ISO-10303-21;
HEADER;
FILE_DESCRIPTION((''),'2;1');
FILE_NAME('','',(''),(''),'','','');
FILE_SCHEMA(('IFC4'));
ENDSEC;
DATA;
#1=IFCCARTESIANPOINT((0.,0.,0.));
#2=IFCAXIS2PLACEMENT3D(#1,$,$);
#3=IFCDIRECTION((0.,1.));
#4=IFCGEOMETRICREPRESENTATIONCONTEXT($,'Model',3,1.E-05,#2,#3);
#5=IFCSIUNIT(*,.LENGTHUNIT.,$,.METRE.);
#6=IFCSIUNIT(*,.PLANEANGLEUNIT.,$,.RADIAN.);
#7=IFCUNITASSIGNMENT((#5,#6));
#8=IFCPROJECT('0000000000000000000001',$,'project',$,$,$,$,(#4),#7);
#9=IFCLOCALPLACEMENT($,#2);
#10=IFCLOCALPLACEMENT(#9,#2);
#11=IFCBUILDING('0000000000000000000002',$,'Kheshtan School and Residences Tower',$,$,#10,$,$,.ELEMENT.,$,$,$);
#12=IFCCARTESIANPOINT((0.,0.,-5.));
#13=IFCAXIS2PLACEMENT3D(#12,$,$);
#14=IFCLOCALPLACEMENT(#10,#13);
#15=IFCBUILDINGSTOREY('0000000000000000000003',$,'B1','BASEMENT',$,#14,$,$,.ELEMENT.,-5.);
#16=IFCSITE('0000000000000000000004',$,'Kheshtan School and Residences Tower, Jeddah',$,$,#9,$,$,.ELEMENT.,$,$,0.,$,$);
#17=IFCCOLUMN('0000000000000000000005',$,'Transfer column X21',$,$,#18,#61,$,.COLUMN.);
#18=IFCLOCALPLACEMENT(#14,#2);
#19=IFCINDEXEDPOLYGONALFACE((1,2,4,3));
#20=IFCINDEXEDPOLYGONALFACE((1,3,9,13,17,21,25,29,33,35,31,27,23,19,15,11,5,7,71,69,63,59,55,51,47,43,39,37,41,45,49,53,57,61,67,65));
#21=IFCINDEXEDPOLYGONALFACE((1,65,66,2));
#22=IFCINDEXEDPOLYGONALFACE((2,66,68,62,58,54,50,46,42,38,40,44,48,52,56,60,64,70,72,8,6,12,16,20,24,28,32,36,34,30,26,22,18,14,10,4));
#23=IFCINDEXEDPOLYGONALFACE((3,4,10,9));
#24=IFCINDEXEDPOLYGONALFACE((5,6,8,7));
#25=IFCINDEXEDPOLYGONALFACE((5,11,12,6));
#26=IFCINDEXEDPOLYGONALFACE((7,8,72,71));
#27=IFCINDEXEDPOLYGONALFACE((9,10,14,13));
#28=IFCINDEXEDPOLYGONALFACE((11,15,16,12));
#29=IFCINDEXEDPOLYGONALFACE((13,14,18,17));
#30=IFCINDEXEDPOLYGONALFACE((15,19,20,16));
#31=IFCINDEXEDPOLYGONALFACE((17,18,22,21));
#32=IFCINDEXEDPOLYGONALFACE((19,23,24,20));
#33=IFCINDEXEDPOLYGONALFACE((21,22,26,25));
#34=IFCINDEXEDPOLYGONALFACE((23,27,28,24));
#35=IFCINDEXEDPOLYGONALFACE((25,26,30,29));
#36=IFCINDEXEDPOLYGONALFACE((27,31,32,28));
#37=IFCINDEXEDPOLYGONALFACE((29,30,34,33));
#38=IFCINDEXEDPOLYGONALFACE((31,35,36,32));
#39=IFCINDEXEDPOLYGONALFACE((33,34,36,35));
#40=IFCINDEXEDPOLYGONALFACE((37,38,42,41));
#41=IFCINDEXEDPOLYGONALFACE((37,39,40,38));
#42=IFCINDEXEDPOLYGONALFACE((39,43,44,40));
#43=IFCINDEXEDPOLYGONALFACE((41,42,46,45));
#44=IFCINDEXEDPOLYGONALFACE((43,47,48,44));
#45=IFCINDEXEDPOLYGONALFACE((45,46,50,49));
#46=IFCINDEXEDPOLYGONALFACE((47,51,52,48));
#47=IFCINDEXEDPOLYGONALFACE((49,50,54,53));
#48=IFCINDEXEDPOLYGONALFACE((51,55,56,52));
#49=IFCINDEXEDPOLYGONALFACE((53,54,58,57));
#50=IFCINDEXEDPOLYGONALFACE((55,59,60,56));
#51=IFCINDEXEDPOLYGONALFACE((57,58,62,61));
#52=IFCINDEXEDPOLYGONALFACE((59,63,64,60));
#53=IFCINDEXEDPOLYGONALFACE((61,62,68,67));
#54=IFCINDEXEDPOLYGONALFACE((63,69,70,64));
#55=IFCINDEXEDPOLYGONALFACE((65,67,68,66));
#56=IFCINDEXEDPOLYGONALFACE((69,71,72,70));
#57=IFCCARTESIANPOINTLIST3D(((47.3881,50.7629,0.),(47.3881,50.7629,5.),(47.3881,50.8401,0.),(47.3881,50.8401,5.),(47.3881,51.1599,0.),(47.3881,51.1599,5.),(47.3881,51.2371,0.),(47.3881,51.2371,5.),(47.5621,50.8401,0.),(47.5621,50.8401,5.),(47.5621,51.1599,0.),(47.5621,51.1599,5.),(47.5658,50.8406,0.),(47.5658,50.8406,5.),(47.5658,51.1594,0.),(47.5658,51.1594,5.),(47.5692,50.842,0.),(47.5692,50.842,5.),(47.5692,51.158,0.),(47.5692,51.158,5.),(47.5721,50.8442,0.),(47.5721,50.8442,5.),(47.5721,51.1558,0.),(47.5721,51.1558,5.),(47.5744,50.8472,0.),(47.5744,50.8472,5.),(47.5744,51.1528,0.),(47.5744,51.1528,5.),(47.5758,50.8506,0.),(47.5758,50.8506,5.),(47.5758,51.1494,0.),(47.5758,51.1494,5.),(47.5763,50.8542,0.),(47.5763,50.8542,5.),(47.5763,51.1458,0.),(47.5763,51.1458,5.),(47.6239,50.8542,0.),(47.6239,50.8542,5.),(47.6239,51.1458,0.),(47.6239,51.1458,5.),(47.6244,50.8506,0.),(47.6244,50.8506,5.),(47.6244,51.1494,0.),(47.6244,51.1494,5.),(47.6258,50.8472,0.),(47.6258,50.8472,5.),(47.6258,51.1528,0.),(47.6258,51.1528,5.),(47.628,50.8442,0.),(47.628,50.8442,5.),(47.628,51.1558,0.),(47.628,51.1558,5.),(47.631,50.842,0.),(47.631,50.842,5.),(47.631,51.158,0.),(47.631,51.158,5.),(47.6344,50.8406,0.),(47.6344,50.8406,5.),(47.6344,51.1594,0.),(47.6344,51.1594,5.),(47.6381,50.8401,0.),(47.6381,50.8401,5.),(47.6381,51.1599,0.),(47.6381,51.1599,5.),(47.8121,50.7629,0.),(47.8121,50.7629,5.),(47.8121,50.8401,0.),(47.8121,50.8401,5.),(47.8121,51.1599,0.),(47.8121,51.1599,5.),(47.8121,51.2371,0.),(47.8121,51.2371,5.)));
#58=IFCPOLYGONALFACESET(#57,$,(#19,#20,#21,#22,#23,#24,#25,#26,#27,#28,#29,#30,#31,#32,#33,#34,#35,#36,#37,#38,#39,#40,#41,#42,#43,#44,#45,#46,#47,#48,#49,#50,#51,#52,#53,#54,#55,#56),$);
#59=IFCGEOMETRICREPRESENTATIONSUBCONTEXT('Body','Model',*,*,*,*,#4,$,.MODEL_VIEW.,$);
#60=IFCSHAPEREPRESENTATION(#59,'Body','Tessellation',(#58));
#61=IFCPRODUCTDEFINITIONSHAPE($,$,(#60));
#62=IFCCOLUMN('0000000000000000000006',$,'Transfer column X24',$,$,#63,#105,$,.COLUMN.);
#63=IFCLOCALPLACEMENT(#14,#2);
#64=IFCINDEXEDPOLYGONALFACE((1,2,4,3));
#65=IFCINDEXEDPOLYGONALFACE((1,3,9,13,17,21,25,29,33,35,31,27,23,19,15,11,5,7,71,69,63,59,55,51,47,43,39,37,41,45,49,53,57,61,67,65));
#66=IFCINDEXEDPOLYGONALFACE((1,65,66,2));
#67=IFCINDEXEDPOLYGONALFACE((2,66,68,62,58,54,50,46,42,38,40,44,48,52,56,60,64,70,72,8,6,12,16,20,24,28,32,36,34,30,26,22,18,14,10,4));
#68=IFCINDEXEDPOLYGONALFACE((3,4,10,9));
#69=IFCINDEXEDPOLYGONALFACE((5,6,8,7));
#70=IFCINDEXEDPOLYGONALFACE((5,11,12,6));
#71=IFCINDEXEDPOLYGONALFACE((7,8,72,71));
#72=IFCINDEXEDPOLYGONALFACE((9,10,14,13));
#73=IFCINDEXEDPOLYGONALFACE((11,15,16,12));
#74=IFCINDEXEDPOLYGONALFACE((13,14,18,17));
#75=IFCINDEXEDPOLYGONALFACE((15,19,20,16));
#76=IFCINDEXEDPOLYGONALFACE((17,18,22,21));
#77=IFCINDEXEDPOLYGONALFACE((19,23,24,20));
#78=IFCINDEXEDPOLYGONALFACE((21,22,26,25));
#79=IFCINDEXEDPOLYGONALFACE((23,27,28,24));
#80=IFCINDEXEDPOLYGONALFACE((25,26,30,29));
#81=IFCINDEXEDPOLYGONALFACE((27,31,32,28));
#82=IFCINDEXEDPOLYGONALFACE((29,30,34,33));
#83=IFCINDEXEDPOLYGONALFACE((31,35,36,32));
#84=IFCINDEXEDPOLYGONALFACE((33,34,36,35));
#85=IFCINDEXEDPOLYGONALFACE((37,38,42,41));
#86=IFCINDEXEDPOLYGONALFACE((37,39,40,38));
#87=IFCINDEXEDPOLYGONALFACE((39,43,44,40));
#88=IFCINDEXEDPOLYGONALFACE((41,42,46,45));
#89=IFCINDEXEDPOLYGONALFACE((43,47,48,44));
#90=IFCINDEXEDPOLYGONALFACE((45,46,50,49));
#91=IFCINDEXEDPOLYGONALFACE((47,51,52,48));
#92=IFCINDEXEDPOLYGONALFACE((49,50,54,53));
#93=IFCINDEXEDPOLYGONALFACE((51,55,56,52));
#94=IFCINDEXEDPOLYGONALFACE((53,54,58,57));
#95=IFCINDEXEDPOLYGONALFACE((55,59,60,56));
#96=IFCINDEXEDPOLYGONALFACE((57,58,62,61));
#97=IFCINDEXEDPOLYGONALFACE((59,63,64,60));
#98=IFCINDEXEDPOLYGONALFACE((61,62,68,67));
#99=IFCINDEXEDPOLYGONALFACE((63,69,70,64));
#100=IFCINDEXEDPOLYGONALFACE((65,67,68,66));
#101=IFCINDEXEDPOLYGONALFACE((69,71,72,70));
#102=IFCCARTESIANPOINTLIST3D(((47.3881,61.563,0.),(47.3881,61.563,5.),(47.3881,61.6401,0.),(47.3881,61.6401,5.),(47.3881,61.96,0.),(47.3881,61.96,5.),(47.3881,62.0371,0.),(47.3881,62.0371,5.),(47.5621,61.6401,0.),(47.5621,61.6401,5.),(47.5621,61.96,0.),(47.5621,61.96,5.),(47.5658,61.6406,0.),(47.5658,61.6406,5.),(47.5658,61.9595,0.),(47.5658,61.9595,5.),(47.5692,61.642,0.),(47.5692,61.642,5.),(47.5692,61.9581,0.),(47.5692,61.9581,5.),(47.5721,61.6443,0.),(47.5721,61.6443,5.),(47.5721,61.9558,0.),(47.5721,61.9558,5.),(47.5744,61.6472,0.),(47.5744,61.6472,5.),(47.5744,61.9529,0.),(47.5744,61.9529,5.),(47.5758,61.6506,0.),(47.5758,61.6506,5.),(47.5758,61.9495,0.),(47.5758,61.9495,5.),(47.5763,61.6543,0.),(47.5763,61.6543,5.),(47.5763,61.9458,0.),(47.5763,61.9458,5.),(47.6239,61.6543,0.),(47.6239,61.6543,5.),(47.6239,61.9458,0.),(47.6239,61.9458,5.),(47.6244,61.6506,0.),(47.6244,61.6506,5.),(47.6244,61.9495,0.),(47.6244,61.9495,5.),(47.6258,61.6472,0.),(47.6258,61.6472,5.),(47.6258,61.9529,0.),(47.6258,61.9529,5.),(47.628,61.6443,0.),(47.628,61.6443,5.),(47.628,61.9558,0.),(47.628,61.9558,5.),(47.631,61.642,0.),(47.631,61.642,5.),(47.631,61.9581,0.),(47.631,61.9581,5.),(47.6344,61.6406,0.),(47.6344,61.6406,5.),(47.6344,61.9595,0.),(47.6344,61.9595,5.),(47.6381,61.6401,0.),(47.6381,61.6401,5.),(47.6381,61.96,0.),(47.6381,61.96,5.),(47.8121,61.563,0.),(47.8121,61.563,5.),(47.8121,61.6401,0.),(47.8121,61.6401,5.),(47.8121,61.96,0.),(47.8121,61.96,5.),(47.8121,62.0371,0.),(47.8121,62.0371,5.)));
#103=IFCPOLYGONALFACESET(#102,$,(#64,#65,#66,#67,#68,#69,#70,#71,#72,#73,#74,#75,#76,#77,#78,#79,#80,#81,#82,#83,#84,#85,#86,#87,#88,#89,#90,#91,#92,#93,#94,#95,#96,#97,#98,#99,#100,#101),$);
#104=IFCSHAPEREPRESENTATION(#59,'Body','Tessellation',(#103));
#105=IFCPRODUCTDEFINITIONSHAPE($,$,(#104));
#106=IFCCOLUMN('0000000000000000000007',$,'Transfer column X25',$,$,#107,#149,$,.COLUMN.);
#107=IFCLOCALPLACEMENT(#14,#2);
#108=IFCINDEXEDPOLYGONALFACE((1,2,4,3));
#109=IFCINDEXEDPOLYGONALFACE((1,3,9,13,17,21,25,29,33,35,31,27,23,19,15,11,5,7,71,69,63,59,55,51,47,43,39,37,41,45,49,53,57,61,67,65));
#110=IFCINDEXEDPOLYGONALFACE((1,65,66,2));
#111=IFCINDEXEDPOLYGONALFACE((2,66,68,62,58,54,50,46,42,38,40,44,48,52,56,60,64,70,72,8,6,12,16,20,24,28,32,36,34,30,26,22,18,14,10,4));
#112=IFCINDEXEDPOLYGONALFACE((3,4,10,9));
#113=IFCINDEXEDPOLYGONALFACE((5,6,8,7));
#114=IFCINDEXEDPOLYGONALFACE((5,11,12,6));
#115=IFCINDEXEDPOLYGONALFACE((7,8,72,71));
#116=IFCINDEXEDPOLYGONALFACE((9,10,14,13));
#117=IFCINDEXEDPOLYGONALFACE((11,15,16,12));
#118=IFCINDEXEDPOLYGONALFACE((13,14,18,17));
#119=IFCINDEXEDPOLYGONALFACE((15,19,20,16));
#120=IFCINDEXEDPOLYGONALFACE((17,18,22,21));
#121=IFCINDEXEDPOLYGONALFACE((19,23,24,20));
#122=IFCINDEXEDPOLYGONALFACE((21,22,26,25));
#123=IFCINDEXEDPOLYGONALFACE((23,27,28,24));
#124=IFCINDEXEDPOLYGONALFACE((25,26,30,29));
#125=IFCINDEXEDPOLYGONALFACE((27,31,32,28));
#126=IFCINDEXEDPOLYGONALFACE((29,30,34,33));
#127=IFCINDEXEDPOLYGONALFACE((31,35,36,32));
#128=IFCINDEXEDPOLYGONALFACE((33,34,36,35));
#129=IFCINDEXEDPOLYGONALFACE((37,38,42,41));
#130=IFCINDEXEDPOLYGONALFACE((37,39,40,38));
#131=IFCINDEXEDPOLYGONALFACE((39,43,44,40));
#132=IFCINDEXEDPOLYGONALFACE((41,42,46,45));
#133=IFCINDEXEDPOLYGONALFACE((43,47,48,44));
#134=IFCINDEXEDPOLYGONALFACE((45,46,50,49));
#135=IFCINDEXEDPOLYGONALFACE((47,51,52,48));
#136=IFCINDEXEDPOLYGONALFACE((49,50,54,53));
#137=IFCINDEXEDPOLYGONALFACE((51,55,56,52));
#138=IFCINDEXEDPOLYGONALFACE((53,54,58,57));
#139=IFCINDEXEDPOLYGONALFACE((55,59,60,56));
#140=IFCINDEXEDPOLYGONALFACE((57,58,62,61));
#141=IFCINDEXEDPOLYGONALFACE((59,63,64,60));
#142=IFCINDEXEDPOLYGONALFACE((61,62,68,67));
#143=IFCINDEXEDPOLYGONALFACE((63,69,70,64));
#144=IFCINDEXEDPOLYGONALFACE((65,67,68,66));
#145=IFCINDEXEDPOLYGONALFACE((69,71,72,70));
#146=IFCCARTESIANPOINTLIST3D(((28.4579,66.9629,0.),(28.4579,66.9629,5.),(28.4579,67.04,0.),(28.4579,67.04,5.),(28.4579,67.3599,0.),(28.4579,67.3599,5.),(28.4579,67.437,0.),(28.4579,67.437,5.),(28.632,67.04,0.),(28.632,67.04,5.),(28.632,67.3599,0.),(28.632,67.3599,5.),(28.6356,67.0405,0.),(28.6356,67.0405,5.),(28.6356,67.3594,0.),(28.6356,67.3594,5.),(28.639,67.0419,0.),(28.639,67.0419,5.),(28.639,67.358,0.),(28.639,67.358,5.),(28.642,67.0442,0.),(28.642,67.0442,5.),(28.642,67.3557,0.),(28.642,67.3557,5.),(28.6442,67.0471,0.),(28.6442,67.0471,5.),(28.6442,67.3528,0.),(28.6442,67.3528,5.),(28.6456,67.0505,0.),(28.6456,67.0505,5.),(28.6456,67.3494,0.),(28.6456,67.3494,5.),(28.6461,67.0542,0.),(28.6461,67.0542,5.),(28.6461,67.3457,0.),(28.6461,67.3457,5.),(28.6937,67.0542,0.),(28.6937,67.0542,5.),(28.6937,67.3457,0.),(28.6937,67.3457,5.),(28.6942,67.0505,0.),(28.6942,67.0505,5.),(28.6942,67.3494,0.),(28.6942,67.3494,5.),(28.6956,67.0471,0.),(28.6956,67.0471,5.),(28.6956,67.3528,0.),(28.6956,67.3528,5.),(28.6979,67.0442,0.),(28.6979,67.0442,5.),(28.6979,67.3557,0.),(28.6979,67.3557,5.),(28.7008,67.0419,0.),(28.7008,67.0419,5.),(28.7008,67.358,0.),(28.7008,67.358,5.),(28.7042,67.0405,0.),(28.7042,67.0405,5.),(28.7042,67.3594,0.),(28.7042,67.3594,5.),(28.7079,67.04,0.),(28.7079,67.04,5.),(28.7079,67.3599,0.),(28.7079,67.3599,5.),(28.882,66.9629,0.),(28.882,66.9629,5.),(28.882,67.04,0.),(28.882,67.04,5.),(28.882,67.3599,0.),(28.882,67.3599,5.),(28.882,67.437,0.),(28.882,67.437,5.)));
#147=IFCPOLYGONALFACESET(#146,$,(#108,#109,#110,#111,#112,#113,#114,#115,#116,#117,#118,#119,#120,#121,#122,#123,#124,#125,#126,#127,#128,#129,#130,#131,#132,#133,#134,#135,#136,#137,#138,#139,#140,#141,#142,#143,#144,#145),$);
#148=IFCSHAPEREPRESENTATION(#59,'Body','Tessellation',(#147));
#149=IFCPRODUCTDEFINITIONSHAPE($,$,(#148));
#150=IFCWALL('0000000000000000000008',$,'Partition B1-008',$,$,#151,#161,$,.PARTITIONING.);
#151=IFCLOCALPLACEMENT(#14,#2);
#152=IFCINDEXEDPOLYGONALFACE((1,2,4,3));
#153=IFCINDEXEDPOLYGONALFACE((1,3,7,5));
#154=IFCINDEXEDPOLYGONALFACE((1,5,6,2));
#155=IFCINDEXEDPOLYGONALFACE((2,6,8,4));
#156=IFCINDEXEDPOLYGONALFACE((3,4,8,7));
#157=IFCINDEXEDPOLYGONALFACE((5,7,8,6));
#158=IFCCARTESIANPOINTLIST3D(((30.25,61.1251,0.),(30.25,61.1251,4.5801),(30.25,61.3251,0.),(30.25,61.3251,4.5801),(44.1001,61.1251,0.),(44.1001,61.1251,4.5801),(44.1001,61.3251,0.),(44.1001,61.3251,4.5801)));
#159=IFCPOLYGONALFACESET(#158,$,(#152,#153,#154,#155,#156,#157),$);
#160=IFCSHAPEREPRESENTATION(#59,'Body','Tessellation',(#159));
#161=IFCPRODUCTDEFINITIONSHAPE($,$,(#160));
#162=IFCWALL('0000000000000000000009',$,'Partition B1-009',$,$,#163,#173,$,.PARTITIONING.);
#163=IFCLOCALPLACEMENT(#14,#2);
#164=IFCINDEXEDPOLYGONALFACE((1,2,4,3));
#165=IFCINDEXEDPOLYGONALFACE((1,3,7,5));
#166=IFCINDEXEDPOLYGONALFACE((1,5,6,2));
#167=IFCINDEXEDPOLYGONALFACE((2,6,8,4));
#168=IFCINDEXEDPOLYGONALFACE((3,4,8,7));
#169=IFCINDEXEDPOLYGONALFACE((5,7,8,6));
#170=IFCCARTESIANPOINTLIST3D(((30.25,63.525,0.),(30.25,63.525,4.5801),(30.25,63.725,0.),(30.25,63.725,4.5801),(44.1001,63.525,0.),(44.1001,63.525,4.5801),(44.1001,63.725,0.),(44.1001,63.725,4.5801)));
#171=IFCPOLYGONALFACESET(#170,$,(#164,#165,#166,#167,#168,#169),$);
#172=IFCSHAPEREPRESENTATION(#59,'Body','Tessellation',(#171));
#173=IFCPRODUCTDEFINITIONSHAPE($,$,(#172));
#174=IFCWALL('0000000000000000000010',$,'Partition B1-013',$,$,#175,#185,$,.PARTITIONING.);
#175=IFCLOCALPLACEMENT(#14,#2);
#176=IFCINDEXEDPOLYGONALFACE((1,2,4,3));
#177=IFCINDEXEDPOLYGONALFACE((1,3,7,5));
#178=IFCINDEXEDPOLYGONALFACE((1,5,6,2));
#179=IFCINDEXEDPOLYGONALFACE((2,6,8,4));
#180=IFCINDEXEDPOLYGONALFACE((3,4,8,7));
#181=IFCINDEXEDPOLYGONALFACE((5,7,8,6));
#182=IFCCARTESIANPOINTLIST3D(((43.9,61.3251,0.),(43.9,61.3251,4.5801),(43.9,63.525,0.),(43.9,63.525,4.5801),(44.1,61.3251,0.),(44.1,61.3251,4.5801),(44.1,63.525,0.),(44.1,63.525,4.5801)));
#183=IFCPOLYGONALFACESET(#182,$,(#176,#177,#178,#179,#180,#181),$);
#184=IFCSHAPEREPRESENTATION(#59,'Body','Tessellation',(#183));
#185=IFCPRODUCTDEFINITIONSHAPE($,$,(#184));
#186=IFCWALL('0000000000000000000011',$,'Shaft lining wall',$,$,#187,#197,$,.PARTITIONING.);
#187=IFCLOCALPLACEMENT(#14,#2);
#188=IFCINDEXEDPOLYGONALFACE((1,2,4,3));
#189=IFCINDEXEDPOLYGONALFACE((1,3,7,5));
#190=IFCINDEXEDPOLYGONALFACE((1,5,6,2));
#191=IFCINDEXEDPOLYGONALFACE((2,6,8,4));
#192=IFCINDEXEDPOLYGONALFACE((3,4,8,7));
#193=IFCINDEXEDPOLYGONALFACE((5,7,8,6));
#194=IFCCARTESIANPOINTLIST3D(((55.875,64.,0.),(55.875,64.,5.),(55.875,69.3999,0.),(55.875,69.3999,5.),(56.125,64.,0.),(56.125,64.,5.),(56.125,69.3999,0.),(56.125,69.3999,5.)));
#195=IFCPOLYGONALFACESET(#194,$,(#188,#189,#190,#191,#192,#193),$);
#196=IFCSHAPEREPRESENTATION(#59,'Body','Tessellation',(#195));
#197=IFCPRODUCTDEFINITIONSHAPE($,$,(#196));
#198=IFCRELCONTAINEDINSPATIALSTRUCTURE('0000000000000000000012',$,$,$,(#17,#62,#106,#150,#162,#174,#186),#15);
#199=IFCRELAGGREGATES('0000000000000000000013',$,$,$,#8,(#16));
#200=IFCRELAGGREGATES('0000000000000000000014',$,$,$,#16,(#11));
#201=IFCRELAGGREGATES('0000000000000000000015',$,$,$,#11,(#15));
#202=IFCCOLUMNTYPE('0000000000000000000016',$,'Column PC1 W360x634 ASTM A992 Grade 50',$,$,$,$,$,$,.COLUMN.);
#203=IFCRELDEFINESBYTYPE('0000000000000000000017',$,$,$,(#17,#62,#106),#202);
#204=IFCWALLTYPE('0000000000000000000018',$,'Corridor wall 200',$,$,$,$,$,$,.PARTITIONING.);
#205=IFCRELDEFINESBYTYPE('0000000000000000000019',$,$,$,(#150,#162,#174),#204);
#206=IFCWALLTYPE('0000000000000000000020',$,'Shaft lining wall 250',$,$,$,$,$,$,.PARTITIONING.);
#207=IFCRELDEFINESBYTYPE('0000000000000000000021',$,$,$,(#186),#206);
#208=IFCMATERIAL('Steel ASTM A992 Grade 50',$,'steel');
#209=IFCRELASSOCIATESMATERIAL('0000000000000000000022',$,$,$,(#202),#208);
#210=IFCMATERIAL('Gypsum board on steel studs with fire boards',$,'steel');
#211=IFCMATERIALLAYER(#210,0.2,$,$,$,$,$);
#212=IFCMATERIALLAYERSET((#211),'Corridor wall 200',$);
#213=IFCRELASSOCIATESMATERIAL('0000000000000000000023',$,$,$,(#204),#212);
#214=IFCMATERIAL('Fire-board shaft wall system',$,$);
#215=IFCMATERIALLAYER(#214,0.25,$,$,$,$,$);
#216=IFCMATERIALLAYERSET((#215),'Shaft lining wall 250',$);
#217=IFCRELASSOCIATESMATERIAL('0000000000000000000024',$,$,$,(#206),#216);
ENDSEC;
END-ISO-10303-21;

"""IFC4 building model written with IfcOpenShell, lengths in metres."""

from ifc_helpers import new_model, si_unit, direction, frame, frame_2d, origin, origin_2d, place, context, subcontext, project, spatial, rectangle, i_section, extrude, material, layer, layer_set, material_profile, profile_set, type_object, element, save


model = new_model("IFC4")

# Units and contexts
model_context = context("Model", 3, precision=1e-05, world=origin(), true_north=direction((0.0, 1.0)))
body_context = subcontext(model_context, "Body", "Model", "MODEL_VIEW")
ifc_project = project(units=[si_unit("LENGTHUNIT", "METRE"), si_unit("PLANEANGLEUNIT", "RADIAN")], contexts=[model_context])

# Site, building, storey
site_placement = place(None, origin())
site = spatial("IfcSite", under=ifc_project, at=site_placement, Name="Kheshtan School and Residences Tower, Jeddah", CompositionType="ELEMENT", RefElevation=0.0)
building_placement = place(site_placement, origin())
building = spatial("IfcBuilding", under=site, at=building_placement, Name="Kheshtan School and Residences Tower", CompositionType="ELEMENT")
storey_placement = place(building_placement, frame((0.0, 0.0, -5.0)))
storey = spatial("IfcBuildingStorey", under=building, at=storey_placement, Name="B1", Description="BASEMENT", CompositionType="ELEMENT", Elevation=-5.0)

# Columns
ifc_material_1 = material(Name="Steel ASTM A992 Grade 50", Category="steel")
ifc_material_profile = material_profile(ifc_material_1, i_section(OverallWidth=0.4241, OverallDepth=0.4741, WebThickness=0.0476, FlangeThickness=0.0771, FilletRadius=0.0142, at=origin_2d()), Name="W360x634")
ifc_profile_set = profile_set([ifc_material_profile], Name="Steel ASTM A992 Grade 50")
column_type = type_object("IfcColumnType", Name="Column PC1 W360x634 ASTM A992 Grade 50", PredefinedType="COLUMN", material=ifc_profile_set)
for number, where, z_axis, x_axis, name in (
    (1, (47.6001, 51.0, 0.0), (0.0, 0.0, 1.0), (1.0, 0.0, 0.0), "Transfer column X21"),
    (2, (47.6001, 61.8, 0.0), (0.0, 0.0, 1.0), (1.0, 0.0, 0.0), "Transfer column X24"),
    (3, (28.6699, 67.2, 0.0), (0.0, 0.0, 1.0), (1.0, 0.0, 0.0), "Transfer column X25"),
):
    element("IfcColumn", number, at=place(storey_placement, frame(where, z_axis=z_axis, x_axis=x_axis)), inside=storey, type_object=column_type, Name=name, PredefinedType="COLUMN", context=body_context, shape_type="SweptSolid", body=[
        extrude(i_section(OverallWidth=0.4241, OverallDepth=0.4741, WebThickness=0.0476, FlangeThickness=0.0771, FilletRadius=0.0142, at=origin_2d()), origin(), (0.0, 0.0, 1.0), 5.0),
    ])

# Walls
ifc_material_2 = material(Name="Gypsum board on steel studs with fire boards", Category="steel")
ifc_layer_1 = layer(ifc_material_2, 0.2)
ifc_layer_set_1 = layer_set([ifc_layer_1], Name="Corridor wall 200")
wall_type_1 = type_object("IfcWallType", Name="Corridor wall 200", PredefinedType="PARTITIONING", material=ifc_layer_set_1)
for number, where, z_axis, x_axis, name in (
    (4, (30.25, 61.2251, 0.0), (0.0, 0.0, 1.0), (1.0, 0.0, 0.0), "Partition B1-008"),
    (5, (30.25, 63.625, 0.0), (0.0, 0.0, 1.0), (1.0, 0.0, 0.0), "Partition B1-009"),
):
    element("IfcWall", number, at=place(storey_placement, frame(where, z_axis=z_axis, x_axis=x_axis)), inside=storey, type_object=wall_type_1, Name=name, PredefinedType="PARTITIONING", context=body_context, shape_type="SweptSolid", body=[
        extrude(rectangle(XDim=13.8501, YDim=0.2, at=frame_2d((6.925, 0.0))), origin(), (0.0, 0.0, 1.0), 4.5801),
    ])
wall_1_placement = place(storey_placement, frame((44.0, 61.325, 0.0), z_axis=(0.0, 0.0, 1.0), x_axis=(0.0, 1.0, 0.0)))
element("IfcWall", 6, at=wall_1_placement, inside=storey, type_object=wall_type_1, Name="Partition B1-013", PredefinedType="PARTITIONING", context=body_context, shape_type="SweptSolid", body=[
    extrude(rectangle(XDim=2.2, YDim=0.2, at=frame_2d((1.1001, 0.0))), origin(), (0.0, 0.0, 1.0), 4.5801),
])
ifc_material_3 = material(Name="Fire-board shaft wall system")
ifc_layer_2 = layer(ifc_material_3, 0.25)
ifc_layer_set_2 = layer_set([ifc_layer_2], Name="Shaft lining wall 250")
wall_type_2 = type_object("IfcWallType", Name="Shaft lining wall 250", PredefinedType="PARTITIONING", material=ifc_layer_set_2)
wall_2_placement = place(storey_placement, frame((56.0, 64.0, 0.0), z_axis=(0.0, 0.0, 1.0), x_axis=(0.0, 1.0, 0.0)))
element("IfcWall", 7, at=wall_2_placement, inside=storey, type_object=wall_type_2, Name="Shaft lining wall", PredefinedType="PARTITIONING", context=body_context, shape_type="SweptSolid", body=[
    extrude(rectangle(XDim=5.3999, YDim=0.25, at=frame_2d((2.7, 0.0))), origin(), (0.0, 0.0, 1.0), 5.0),
])

save(model, "model.ifc")
